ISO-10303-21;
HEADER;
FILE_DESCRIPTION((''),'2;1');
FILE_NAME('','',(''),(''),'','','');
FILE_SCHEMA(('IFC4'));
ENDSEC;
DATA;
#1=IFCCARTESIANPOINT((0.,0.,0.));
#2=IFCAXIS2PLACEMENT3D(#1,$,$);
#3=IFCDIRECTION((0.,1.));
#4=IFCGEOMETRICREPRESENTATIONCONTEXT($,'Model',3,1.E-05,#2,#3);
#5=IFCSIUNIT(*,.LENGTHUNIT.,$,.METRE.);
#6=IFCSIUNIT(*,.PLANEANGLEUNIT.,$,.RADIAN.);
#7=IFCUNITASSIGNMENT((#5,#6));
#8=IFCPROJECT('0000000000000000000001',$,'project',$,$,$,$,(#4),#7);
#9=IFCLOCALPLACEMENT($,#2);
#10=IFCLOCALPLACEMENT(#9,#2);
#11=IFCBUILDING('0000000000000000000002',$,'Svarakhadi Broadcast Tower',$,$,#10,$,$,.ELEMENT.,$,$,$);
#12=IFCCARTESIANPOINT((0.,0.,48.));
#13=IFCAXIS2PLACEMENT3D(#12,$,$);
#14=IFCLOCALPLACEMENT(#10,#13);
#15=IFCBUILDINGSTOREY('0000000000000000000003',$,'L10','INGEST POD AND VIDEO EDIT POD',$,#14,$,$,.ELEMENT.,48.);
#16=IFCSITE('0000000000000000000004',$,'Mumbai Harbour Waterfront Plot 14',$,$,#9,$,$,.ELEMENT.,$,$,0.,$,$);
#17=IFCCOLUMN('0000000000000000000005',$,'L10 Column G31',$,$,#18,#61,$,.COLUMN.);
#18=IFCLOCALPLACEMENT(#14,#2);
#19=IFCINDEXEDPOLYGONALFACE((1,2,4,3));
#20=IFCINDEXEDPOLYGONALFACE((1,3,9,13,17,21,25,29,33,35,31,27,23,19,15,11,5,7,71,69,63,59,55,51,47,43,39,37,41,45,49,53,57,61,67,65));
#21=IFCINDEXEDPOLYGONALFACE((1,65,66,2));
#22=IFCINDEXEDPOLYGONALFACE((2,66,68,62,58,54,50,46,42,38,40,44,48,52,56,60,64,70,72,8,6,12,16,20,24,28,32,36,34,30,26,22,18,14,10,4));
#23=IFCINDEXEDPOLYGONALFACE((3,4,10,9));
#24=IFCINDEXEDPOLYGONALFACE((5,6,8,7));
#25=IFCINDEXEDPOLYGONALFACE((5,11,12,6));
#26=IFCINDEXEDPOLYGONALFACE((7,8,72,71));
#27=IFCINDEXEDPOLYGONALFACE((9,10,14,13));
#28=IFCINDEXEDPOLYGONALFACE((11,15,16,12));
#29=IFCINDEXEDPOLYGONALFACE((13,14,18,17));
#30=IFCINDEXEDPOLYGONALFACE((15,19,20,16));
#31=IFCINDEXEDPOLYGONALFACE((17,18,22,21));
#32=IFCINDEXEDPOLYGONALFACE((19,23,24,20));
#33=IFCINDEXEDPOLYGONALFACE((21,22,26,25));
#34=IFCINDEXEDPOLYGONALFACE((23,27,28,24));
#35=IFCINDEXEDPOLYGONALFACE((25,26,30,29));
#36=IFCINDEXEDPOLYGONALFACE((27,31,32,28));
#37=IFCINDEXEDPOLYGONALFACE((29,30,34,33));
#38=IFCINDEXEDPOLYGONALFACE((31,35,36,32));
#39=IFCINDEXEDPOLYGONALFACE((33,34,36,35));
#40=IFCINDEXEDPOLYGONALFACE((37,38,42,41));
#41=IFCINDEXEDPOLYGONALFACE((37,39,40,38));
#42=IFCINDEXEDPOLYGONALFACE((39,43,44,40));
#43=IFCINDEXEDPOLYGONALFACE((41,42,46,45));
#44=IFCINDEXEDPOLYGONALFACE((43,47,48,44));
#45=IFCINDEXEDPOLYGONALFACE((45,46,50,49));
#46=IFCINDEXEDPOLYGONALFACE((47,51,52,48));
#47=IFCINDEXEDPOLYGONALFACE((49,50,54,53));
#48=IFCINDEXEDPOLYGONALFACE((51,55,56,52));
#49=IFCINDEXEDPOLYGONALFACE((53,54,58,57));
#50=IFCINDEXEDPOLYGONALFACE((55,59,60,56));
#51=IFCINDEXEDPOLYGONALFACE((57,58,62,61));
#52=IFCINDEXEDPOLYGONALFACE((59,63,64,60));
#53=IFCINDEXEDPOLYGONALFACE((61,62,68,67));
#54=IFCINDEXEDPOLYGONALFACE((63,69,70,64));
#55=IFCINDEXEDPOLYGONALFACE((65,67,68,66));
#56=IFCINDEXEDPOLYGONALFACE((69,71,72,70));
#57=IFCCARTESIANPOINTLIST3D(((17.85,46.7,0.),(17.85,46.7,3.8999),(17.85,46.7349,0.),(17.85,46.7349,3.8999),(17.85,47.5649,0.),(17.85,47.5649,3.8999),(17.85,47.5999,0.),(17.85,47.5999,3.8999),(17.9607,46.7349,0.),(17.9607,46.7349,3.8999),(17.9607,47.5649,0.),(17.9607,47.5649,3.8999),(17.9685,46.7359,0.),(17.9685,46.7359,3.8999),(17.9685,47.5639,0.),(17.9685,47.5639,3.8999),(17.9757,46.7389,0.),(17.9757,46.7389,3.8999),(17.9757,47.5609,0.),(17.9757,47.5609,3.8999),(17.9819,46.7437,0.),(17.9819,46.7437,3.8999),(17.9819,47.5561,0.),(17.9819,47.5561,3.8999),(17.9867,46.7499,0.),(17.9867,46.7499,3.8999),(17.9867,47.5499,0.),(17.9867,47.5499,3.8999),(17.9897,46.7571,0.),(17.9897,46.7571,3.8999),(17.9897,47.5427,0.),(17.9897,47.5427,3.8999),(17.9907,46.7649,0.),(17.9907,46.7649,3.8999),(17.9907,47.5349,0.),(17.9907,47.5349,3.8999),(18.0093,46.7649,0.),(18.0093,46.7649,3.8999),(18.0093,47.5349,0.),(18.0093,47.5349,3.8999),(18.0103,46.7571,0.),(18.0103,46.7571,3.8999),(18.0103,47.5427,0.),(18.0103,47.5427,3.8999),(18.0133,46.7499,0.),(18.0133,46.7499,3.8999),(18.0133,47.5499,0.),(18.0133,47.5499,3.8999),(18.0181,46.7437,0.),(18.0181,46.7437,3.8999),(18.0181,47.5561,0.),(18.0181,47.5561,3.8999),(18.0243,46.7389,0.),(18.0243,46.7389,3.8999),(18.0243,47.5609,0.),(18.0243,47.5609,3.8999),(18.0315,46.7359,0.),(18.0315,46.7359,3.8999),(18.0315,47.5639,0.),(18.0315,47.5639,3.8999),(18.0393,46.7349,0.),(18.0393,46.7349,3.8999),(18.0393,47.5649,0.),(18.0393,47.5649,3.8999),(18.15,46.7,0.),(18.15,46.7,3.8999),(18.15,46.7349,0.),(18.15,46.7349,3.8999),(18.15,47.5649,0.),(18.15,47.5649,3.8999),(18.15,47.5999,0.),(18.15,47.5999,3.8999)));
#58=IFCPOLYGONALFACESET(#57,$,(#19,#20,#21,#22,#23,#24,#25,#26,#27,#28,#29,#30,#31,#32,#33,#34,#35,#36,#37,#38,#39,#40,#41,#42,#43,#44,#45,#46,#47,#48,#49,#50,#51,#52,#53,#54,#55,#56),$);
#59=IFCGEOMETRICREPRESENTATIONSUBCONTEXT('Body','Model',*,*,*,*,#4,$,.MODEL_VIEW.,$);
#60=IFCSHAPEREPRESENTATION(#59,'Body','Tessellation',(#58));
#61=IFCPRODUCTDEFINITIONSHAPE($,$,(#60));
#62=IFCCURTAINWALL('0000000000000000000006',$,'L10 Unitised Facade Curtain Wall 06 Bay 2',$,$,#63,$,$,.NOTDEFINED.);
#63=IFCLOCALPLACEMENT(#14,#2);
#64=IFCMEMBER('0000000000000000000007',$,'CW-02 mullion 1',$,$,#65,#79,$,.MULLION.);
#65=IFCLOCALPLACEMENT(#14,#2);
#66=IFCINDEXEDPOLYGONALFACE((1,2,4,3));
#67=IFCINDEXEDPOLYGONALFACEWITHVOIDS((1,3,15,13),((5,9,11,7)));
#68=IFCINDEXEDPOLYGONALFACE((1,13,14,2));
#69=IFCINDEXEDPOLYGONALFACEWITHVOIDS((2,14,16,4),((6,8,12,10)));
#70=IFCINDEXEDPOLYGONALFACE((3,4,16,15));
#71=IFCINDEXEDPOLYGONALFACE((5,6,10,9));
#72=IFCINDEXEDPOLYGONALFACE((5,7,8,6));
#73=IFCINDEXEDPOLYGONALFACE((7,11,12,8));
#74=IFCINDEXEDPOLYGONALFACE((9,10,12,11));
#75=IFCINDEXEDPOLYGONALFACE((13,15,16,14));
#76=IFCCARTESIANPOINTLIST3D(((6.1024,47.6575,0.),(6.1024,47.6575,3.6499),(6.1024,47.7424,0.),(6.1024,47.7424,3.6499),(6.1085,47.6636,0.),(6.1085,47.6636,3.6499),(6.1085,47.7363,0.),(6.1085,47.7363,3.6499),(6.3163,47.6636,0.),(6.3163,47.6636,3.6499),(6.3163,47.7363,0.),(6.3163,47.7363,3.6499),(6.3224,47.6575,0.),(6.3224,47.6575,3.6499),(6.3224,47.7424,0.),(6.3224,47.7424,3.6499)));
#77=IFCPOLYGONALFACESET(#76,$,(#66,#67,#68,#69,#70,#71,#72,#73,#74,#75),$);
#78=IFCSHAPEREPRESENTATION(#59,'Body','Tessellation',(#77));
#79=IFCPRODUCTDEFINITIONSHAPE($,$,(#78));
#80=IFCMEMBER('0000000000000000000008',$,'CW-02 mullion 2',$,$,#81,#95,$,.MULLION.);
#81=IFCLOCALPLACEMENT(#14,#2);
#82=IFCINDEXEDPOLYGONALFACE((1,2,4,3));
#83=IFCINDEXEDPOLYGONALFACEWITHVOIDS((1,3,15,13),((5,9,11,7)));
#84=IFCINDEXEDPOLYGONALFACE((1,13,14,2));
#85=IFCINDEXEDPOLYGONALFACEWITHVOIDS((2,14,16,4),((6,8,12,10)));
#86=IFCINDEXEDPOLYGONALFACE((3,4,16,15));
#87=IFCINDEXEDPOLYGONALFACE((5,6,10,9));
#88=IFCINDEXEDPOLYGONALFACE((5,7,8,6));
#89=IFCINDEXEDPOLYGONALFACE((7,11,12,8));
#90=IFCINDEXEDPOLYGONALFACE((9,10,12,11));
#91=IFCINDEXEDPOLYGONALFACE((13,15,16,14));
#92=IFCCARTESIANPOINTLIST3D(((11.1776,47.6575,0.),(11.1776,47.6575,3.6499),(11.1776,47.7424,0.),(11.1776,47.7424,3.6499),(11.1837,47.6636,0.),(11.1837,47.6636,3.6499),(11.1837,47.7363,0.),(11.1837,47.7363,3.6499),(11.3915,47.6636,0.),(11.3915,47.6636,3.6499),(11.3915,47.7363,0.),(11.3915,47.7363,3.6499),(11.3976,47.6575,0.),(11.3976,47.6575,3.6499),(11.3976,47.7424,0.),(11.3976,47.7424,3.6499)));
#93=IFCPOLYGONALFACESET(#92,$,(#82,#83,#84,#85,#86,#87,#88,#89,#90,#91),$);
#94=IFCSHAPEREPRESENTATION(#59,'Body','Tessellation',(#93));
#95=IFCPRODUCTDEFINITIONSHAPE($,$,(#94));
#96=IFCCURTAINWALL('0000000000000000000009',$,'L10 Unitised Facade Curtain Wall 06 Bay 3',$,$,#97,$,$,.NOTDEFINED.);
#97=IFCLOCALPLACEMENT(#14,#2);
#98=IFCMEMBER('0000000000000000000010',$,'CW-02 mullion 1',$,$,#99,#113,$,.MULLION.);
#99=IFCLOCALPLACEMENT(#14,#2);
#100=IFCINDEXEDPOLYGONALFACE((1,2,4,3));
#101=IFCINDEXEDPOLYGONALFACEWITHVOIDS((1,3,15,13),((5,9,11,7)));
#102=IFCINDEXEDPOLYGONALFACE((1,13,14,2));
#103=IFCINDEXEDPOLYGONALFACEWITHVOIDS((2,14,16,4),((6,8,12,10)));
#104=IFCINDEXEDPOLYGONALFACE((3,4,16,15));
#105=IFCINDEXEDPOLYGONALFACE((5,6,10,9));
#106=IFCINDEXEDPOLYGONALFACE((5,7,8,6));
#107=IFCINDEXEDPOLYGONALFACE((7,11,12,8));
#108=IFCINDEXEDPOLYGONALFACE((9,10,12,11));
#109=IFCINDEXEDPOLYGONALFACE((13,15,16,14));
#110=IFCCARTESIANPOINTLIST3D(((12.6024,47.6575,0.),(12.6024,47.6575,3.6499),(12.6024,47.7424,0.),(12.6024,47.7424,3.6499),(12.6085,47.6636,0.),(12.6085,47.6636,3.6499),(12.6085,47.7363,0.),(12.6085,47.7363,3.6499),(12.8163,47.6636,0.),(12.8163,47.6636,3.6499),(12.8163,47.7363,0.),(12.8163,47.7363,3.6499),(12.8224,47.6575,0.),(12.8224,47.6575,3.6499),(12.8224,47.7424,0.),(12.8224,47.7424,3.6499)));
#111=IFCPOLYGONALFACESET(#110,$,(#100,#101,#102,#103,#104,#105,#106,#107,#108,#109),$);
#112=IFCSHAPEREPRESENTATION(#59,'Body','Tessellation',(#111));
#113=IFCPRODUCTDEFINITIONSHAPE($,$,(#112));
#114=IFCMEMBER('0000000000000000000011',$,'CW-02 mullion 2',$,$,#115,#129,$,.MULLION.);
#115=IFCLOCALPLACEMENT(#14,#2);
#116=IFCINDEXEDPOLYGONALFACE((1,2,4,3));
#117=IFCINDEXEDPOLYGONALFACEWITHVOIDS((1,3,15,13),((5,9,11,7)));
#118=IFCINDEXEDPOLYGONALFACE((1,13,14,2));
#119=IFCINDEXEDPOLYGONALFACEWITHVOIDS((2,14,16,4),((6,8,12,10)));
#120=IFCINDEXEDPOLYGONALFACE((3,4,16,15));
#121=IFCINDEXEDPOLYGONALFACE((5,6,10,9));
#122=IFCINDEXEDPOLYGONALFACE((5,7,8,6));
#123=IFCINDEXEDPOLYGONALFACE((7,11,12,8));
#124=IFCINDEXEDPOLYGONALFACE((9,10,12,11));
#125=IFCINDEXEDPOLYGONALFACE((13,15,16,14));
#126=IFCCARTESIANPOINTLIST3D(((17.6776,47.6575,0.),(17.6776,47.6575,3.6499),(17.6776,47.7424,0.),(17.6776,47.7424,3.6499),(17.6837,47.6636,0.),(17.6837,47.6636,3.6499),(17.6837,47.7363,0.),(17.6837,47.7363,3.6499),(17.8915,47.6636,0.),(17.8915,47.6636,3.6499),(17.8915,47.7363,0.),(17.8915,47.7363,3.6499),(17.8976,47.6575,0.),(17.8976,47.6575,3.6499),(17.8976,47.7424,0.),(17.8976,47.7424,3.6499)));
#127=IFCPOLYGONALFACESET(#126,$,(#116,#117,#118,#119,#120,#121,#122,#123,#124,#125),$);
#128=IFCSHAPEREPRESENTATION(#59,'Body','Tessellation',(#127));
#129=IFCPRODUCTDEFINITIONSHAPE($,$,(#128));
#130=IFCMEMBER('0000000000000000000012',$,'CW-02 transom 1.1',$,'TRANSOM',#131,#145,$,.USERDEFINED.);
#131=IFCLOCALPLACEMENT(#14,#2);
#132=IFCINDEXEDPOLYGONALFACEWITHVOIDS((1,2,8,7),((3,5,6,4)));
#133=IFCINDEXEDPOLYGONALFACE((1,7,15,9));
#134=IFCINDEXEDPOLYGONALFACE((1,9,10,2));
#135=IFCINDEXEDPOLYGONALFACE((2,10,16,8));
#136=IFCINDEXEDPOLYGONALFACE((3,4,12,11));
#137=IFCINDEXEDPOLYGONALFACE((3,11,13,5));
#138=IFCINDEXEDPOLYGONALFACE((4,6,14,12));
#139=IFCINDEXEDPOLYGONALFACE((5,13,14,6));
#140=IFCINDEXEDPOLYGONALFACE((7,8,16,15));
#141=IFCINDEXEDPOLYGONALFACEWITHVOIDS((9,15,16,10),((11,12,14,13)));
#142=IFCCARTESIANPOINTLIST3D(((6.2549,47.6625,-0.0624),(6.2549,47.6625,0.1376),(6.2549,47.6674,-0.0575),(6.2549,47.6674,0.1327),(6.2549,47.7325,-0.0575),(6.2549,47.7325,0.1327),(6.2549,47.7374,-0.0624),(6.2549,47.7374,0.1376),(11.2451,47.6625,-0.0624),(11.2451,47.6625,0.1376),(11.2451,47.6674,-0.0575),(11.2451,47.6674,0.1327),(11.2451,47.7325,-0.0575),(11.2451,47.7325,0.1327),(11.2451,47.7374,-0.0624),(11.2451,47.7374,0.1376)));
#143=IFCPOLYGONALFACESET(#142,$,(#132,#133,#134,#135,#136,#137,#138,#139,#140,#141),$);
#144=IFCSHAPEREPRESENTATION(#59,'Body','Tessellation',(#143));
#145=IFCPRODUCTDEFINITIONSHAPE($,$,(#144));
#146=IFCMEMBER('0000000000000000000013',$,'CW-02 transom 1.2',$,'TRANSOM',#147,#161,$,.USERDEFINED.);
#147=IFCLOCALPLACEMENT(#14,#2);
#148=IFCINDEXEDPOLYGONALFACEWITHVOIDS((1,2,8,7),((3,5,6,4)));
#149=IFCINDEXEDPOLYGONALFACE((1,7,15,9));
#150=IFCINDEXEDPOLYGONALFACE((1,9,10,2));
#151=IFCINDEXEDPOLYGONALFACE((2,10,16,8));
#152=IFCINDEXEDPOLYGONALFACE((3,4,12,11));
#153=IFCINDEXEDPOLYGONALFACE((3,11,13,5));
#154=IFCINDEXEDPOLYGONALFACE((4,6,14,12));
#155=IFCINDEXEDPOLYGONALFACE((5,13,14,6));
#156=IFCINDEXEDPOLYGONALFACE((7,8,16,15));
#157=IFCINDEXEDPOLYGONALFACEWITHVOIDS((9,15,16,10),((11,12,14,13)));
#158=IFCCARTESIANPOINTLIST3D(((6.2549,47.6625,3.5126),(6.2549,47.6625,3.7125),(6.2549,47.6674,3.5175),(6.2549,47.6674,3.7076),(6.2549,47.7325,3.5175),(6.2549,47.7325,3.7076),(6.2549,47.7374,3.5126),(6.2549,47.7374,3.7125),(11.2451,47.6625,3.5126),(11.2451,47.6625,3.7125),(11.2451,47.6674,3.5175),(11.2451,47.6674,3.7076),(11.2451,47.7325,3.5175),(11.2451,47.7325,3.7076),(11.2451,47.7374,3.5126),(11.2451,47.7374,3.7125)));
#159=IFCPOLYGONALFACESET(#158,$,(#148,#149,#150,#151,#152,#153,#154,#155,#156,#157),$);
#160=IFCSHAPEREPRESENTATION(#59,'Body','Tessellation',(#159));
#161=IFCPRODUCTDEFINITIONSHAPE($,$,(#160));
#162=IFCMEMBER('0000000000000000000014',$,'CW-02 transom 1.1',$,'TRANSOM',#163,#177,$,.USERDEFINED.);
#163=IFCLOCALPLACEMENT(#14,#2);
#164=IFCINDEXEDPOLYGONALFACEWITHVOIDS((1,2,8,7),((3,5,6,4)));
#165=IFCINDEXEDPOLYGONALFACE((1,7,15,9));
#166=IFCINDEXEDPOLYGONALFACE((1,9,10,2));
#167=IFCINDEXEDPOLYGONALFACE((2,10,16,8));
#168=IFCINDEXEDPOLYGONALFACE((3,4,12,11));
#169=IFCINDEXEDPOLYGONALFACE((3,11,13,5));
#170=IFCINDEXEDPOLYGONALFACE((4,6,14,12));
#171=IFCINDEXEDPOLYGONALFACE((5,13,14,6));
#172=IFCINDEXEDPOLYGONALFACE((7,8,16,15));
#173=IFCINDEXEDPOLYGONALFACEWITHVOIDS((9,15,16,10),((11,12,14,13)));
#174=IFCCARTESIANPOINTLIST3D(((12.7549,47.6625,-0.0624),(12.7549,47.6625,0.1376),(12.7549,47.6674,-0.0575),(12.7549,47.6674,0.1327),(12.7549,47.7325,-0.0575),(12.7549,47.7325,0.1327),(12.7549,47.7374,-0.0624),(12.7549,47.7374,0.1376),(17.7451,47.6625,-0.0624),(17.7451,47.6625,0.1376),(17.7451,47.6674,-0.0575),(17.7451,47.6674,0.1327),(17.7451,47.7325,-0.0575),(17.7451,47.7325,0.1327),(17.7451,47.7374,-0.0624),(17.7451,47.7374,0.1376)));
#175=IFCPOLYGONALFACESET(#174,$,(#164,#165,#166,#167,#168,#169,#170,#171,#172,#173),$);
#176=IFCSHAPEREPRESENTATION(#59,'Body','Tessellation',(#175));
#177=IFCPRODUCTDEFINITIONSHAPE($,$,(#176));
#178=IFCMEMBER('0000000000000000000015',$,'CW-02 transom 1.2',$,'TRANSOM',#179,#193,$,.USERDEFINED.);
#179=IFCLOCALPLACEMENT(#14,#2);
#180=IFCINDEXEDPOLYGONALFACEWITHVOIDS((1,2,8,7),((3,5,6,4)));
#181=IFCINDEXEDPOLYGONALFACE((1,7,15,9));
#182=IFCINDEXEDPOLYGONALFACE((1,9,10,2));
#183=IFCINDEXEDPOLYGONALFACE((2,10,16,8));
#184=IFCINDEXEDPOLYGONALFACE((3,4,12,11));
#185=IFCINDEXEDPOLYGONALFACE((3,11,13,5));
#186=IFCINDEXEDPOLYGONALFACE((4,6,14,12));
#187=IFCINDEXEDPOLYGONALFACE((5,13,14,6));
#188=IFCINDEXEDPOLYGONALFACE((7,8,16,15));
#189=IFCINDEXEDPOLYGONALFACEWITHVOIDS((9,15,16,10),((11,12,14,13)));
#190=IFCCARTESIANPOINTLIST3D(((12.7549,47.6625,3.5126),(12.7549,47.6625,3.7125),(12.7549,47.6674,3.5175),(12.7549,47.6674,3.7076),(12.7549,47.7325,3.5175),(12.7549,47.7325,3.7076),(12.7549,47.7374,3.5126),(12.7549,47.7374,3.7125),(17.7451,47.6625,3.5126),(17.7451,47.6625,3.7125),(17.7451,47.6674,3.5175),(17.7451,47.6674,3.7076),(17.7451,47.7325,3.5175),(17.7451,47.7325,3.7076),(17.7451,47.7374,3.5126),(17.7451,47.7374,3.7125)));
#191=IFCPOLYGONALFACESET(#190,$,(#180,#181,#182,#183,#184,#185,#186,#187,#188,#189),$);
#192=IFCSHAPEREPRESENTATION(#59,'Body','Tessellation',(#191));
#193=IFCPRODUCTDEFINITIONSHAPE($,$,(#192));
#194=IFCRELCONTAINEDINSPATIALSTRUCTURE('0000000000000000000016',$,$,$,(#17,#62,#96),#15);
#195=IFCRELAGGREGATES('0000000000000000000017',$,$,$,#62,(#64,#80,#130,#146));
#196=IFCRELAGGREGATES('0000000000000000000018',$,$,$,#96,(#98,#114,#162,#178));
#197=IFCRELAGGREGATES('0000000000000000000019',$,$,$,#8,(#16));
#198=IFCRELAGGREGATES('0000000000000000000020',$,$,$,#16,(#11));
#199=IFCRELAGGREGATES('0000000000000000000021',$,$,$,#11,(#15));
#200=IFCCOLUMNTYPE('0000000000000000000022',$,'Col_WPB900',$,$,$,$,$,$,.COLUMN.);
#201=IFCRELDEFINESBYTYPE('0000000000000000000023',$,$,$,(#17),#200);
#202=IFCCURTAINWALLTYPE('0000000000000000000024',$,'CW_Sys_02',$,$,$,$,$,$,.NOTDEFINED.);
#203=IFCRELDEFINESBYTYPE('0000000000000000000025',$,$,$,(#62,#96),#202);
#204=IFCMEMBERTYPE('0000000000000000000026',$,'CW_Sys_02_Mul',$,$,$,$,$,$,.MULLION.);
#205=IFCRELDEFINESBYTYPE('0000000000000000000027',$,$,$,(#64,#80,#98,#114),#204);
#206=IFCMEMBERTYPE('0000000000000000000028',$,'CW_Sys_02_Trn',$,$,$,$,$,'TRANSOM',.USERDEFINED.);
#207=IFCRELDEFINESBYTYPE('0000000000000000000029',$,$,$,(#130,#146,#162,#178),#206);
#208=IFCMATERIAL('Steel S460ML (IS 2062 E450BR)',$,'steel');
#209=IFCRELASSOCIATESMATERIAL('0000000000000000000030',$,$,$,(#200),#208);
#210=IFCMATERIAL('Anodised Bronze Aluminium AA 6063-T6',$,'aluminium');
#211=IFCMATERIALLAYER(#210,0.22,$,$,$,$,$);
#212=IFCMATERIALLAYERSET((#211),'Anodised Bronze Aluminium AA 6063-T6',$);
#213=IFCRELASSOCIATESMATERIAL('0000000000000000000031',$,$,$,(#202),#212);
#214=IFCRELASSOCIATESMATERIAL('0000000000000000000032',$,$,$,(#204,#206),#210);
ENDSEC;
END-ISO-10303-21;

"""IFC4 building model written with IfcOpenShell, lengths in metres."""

from ifc_helpers import new_model, si_unit, direction, frame, origin, origin_2d, place, context, subcontext, project, spatial, hollow_rectangle, i_section, extrude, material, layer, layer_set, material_profile, profile_set, type_object, element, aggregate, save


model = new_model("IFC4")

# Units and contexts
model_context = context("Model", 3, precision=1e-05, world=origin(), true_north=direction((0.0, 1.0)))
body_context = subcontext(model_context, "Body", "Model", "MODEL_VIEW")
ifc_project = project(units=[si_unit("LENGTHUNIT", "METRE"), si_unit("PLANEANGLEUNIT", "RADIAN")], contexts=[model_context])

# Site, building, storey
site_placement = place(None, origin())
site = spatial("IfcSite", under=ifc_project, at=site_placement, Name="Mumbai Harbour Waterfront Plot 14", CompositionType="ELEMENT", RefElevation=0.0)
building_placement = place(site_placement, origin())
building = spatial("IfcBuilding", under=site, at=building_placement, Name="Svarakhadi Broadcast Tower", CompositionType="ELEMENT")
storey_placement = place(building_placement, frame((0.0, 0.0, 48.0)))
storey = spatial("IfcBuildingStorey", under=building, at=storey_placement, Name="L10", Description="INGEST POD AND VIDEO EDIT POD", CompositionType="ELEMENT", Elevation=48.0)

# Column
ifc_material_1 = material(Name="Steel S460ML (IS 2062 E450BR)", Category="steel")
ifc_material_profile_1 = material_profile(ifc_material_1, i_section(OverallWidth=0.3, OverallDepth=0.8999, WebThickness=0.0186, FlangeThickness=0.0349, FilletRadius=0.03, at=origin_2d()), Name="WPB 900x300x291")
ifc_profile_set_1 = profile_set([ifc_material_profile_1], Name="Steel S460ML (IS 2062 E450BR)")
column_type = type_object("IfcColumnType", Name="Col_WPB900", PredefinedType="COLUMN", material=ifc_profile_set_1)
column_placement = place(storey_placement, frame((18.0, 47.1499, 0.0), z_axis=(0.0, 0.0, 1.0), x_axis=(1.0, 0.0, 0.0)))
element("IfcColumn", 1, at=column_placement, inside=storey, type_object=column_type, Name="L10 Column G31", PredefinedType="COLUMN", context=body_context, shape_type="SweptSolid", body=[
    extrude(i_section(OverallWidth=0.3, OverallDepth=0.8999, WebThickness=0.0186, FlangeThickness=0.0349, FilletRadius=0.03, at=origin_2d()), origin(), (0.0, 0.0, 1.0), 3.8999),
])

# Curtain walls, members
ifc_material_2 = material(Name="Anodised Bronze Aluminium AA 6063-T6", Category="aluminium")
ifc_layer_1 = layer(ifc_material_2, 0.22)
ifc_layer_set_1 = layer_set([ifc_layer_1], Name="Anodised Bronze Aluminium AA 6063-T6")
curtain_wall_type = type_object("IfcCurtainWallType", Name="CW_Sys_02", PredefinedType="NOTDEFINED", material=ifc_layer_set_1)
curtain_wall_1_placement = place(storey_placement, origin())
curtain_wall_1 = element("IfcCurtainWall", 2, at=curtain_wall_1_placement, inside=storey, type_object=curtain_wall_type, Name="L10 Unitised Facade Curtain Wall 06 Bay 2", PredefinedType="NOTDEFINED")
ifc_material_profile_2 = material_profile(ifc_material_2, hollow_rectangle(XDim=0.085, YDim=0.22, WallThickness=0.0061, at=origin_2d()), Name="ALU MULLION 220x85x6")
ifc_profile_set_2 = profile_set([ifc_material_profile_2], Name="Anodised Bronze Aluminium AA 6063-T6")
member_type_1 = type_object("IfcMemberType", Name="CW_Sys_02_Mul", PredefinedType="MULLION", material=ifc_profile_set_2)
member_1_placement = place(storey_placement, frame((6.2124, 47.7, 0.0), z_axis=(0.0, 0.0, 1.0), x_axis=(0.0, 1.0, 0.0)))
member_1 = element("IfcMember", 3, at=member_1_placement, type_object=member_type_1, Name="CW-02 mullion 1", PredefinedType="MULLION", context=body_context, shape_type="SweptSolid", body=[
    extrude(hollow_rectangle(XDim=0.085, YDim=0.22, WallThickness=0.0061, at=origin_2d()), origin(), (0.0, 0.0, 1.0), 3.6499),
])
member_2_placement = place(storey_placement, frame((11.2876, 47.7, 0.0), z_axis=(0.0, 0.0, 1.0), x_axis=(0.0, 1.0, 0.0)))
member_2 = element("IfcMember", 4, at=member_2_placement, type_object=member_type_1, Name="CW-02 mullion 2", PredefinedType="MULLION", context=body_context, shape_type="SweptSolid", body=[
    extrude(hollow_rectangle(XDim=0.085, YDim=0.22, WallThickness=0.0061, at=origin_2d()), origin(), (0.0, 0.0, 1.0), 3.6499),
])
curtain_wall_2_placement = place(storey_placement, origin())
curtain_wall_2 = element("IfcCurtainWall", 5, at=curtain_wall_2_placement, inside=storey, type_object=curtain_wall_type, Name="L10 Unitised Facade Curtain Wall 06 Bay 3", PredefinedType="NOTDEFINED")
member_3_placement = place(storey_placement, frame((12.7124, 47.7, 0.0), z_axis=(0.0, 0.0, 1.0), x_axis=(0.0, 1.0, 0.0)))
member_3 = element("IfcMember", 6, at=member_3_placement, type_object=member_type_1, Name="CW-02 mullion 1", PredefinedType="MULLION", context=body_context, shape_type="SweptSolid", body=[
    extrude(hollow_rectangle(XDim=0.085, YDim=0.22, WallThickness=0.0061, at=origin_2d()), origin(), (0.0, 0.0, 1.0), 3.6499),
])
member_4_placement = place(storey_placement, frame((17.7876, 47.7, 0.0), z_axis=(0.0, 0.0, 1.0), x_axis=(0.0, 1.0, 0.0)))
member_4 = element("IfcMember", 7, at=member_4_placement, type_object=member_type_1, Name="CW-02 mullion 2", PredefinedType="MULLION", context=body_context, shape_type="SweptSolid", body=[
    extrude(hollow_rectangle(XDim=0.085, YDim=0.22, WallThickness=0.0061, at=origin_2d()), origin(), (0.0, 0.0, 1.0), 3.6499),
])

# Members
ifc_material_profile_3 = material_profile(ifc_material_2, hollow_rectangle(XDim=0.075, YDim=0.2, WallThickness=0.0049, at=origin_2d()), Name="ALU TRANSOM 200x75x5")
ifc_profile_set_3 = profile_set([ifc_material_profile_3], Name="Anodised Bronze Aluminium AA 6063-T6")
member_type_2 = type_object("IfcMemberType", Name="CW_Sys_02_Trn", ElementType="TRANSOM", PredefinedType="USERDEFINED", material=ifc_profile_set_3)
member_5_placement = place(storey_placement, frame((6.2549, 47.7, 0.0376), z_axis=(1.0, 0.0, 0.0), x_axis=(0.0, 1.0, 0.0)))
member_5 = element("IfcMember", 8, at=member_5_placement, type_object=member_type_2, Name="CW-02 transom 1.1", ObjectType="TRANSOM", PredefinedType="USERDEFINED", context=body_context, shape_type="SweptSolid", body=[
    extrude(hollow_rectangle(XDim=0.075, YDim=0.2, WallThickness=0.0049, at=origin_2d()), origin(), (0.0, 0.0, 1.0), 4.9902),
])
member_6_placement = place(storey_placement, frame((6.2549, 47.7, 3.6125), z_axis=(1.0, 0.0, 0.0), x_axis=(0.0, 1.0, 0.0)))
member_6 = element("IfcMember", 9, at=member_6_placement, type_object=member_type_2, Name="CW-02 transom 1.2", ObjectType="TRANSOM", PredefinedType="USERDEFINED", context=body_context, shape_type="SweptSolid", body=[
    extrude(hollow_rectangle(XDim=0.075, YDim=0.2, WallThickness=0.0049, at=origin_2d()), origin(), (0.0, 0.0, 1.0), 4.9902),
])
member_7_placement = place(storey_placement, frame((12.7549, 47.7, 0.0376), z_axis=(1.0, 0.0, 0.0), x_axis=(0.0, 1.0, 0.0)))
member_7 = element("IfcMember", 10, at=member_7_placement, type_object=member_type_2, Name="CW-02 transom 1.1", ObjectType="TRANSOM", PredefinedType="USERDEFINED", context=body_context, shape_type="SweptSolid", body=[
    extrude(hollow_rectangle(XDim=0.075, YDim=0.2, WallThickness=0.0049, at=origin_2d()), origin(), (0.0, 0.0, 1.0), 4.9902),
])
member_8_placement = place(storey_placement, frame((12.7549, 47.7, 3.6125), z_axis=(1.0, 0.0, 0.0), x_axis=(0.0, 1.0, 0.0)))
member_8 = element("IfcMember", 11, at=member_8_placement, type_object=member_type_2, Name="CW-02 transom 1.2", ObjectType="TRANSOM", PredefinedType="USERDEFINED", context=body_context, shape_type="SweptSolid", body=[
    extrude(hollow_rectangle(XDim=0.075, YDim=0.2, WallThickness=0.0049, at=origin_2d()), origin(), (0.0, 0.0, 1.0), 4.9902),
])

aggregate(curtain_wall_1, [member_1, member_2, member_5, member_6])
aggregate(curtain_wall_2, [member_3, member_4, member_7, member_8])

save(model, "model.ifc")
